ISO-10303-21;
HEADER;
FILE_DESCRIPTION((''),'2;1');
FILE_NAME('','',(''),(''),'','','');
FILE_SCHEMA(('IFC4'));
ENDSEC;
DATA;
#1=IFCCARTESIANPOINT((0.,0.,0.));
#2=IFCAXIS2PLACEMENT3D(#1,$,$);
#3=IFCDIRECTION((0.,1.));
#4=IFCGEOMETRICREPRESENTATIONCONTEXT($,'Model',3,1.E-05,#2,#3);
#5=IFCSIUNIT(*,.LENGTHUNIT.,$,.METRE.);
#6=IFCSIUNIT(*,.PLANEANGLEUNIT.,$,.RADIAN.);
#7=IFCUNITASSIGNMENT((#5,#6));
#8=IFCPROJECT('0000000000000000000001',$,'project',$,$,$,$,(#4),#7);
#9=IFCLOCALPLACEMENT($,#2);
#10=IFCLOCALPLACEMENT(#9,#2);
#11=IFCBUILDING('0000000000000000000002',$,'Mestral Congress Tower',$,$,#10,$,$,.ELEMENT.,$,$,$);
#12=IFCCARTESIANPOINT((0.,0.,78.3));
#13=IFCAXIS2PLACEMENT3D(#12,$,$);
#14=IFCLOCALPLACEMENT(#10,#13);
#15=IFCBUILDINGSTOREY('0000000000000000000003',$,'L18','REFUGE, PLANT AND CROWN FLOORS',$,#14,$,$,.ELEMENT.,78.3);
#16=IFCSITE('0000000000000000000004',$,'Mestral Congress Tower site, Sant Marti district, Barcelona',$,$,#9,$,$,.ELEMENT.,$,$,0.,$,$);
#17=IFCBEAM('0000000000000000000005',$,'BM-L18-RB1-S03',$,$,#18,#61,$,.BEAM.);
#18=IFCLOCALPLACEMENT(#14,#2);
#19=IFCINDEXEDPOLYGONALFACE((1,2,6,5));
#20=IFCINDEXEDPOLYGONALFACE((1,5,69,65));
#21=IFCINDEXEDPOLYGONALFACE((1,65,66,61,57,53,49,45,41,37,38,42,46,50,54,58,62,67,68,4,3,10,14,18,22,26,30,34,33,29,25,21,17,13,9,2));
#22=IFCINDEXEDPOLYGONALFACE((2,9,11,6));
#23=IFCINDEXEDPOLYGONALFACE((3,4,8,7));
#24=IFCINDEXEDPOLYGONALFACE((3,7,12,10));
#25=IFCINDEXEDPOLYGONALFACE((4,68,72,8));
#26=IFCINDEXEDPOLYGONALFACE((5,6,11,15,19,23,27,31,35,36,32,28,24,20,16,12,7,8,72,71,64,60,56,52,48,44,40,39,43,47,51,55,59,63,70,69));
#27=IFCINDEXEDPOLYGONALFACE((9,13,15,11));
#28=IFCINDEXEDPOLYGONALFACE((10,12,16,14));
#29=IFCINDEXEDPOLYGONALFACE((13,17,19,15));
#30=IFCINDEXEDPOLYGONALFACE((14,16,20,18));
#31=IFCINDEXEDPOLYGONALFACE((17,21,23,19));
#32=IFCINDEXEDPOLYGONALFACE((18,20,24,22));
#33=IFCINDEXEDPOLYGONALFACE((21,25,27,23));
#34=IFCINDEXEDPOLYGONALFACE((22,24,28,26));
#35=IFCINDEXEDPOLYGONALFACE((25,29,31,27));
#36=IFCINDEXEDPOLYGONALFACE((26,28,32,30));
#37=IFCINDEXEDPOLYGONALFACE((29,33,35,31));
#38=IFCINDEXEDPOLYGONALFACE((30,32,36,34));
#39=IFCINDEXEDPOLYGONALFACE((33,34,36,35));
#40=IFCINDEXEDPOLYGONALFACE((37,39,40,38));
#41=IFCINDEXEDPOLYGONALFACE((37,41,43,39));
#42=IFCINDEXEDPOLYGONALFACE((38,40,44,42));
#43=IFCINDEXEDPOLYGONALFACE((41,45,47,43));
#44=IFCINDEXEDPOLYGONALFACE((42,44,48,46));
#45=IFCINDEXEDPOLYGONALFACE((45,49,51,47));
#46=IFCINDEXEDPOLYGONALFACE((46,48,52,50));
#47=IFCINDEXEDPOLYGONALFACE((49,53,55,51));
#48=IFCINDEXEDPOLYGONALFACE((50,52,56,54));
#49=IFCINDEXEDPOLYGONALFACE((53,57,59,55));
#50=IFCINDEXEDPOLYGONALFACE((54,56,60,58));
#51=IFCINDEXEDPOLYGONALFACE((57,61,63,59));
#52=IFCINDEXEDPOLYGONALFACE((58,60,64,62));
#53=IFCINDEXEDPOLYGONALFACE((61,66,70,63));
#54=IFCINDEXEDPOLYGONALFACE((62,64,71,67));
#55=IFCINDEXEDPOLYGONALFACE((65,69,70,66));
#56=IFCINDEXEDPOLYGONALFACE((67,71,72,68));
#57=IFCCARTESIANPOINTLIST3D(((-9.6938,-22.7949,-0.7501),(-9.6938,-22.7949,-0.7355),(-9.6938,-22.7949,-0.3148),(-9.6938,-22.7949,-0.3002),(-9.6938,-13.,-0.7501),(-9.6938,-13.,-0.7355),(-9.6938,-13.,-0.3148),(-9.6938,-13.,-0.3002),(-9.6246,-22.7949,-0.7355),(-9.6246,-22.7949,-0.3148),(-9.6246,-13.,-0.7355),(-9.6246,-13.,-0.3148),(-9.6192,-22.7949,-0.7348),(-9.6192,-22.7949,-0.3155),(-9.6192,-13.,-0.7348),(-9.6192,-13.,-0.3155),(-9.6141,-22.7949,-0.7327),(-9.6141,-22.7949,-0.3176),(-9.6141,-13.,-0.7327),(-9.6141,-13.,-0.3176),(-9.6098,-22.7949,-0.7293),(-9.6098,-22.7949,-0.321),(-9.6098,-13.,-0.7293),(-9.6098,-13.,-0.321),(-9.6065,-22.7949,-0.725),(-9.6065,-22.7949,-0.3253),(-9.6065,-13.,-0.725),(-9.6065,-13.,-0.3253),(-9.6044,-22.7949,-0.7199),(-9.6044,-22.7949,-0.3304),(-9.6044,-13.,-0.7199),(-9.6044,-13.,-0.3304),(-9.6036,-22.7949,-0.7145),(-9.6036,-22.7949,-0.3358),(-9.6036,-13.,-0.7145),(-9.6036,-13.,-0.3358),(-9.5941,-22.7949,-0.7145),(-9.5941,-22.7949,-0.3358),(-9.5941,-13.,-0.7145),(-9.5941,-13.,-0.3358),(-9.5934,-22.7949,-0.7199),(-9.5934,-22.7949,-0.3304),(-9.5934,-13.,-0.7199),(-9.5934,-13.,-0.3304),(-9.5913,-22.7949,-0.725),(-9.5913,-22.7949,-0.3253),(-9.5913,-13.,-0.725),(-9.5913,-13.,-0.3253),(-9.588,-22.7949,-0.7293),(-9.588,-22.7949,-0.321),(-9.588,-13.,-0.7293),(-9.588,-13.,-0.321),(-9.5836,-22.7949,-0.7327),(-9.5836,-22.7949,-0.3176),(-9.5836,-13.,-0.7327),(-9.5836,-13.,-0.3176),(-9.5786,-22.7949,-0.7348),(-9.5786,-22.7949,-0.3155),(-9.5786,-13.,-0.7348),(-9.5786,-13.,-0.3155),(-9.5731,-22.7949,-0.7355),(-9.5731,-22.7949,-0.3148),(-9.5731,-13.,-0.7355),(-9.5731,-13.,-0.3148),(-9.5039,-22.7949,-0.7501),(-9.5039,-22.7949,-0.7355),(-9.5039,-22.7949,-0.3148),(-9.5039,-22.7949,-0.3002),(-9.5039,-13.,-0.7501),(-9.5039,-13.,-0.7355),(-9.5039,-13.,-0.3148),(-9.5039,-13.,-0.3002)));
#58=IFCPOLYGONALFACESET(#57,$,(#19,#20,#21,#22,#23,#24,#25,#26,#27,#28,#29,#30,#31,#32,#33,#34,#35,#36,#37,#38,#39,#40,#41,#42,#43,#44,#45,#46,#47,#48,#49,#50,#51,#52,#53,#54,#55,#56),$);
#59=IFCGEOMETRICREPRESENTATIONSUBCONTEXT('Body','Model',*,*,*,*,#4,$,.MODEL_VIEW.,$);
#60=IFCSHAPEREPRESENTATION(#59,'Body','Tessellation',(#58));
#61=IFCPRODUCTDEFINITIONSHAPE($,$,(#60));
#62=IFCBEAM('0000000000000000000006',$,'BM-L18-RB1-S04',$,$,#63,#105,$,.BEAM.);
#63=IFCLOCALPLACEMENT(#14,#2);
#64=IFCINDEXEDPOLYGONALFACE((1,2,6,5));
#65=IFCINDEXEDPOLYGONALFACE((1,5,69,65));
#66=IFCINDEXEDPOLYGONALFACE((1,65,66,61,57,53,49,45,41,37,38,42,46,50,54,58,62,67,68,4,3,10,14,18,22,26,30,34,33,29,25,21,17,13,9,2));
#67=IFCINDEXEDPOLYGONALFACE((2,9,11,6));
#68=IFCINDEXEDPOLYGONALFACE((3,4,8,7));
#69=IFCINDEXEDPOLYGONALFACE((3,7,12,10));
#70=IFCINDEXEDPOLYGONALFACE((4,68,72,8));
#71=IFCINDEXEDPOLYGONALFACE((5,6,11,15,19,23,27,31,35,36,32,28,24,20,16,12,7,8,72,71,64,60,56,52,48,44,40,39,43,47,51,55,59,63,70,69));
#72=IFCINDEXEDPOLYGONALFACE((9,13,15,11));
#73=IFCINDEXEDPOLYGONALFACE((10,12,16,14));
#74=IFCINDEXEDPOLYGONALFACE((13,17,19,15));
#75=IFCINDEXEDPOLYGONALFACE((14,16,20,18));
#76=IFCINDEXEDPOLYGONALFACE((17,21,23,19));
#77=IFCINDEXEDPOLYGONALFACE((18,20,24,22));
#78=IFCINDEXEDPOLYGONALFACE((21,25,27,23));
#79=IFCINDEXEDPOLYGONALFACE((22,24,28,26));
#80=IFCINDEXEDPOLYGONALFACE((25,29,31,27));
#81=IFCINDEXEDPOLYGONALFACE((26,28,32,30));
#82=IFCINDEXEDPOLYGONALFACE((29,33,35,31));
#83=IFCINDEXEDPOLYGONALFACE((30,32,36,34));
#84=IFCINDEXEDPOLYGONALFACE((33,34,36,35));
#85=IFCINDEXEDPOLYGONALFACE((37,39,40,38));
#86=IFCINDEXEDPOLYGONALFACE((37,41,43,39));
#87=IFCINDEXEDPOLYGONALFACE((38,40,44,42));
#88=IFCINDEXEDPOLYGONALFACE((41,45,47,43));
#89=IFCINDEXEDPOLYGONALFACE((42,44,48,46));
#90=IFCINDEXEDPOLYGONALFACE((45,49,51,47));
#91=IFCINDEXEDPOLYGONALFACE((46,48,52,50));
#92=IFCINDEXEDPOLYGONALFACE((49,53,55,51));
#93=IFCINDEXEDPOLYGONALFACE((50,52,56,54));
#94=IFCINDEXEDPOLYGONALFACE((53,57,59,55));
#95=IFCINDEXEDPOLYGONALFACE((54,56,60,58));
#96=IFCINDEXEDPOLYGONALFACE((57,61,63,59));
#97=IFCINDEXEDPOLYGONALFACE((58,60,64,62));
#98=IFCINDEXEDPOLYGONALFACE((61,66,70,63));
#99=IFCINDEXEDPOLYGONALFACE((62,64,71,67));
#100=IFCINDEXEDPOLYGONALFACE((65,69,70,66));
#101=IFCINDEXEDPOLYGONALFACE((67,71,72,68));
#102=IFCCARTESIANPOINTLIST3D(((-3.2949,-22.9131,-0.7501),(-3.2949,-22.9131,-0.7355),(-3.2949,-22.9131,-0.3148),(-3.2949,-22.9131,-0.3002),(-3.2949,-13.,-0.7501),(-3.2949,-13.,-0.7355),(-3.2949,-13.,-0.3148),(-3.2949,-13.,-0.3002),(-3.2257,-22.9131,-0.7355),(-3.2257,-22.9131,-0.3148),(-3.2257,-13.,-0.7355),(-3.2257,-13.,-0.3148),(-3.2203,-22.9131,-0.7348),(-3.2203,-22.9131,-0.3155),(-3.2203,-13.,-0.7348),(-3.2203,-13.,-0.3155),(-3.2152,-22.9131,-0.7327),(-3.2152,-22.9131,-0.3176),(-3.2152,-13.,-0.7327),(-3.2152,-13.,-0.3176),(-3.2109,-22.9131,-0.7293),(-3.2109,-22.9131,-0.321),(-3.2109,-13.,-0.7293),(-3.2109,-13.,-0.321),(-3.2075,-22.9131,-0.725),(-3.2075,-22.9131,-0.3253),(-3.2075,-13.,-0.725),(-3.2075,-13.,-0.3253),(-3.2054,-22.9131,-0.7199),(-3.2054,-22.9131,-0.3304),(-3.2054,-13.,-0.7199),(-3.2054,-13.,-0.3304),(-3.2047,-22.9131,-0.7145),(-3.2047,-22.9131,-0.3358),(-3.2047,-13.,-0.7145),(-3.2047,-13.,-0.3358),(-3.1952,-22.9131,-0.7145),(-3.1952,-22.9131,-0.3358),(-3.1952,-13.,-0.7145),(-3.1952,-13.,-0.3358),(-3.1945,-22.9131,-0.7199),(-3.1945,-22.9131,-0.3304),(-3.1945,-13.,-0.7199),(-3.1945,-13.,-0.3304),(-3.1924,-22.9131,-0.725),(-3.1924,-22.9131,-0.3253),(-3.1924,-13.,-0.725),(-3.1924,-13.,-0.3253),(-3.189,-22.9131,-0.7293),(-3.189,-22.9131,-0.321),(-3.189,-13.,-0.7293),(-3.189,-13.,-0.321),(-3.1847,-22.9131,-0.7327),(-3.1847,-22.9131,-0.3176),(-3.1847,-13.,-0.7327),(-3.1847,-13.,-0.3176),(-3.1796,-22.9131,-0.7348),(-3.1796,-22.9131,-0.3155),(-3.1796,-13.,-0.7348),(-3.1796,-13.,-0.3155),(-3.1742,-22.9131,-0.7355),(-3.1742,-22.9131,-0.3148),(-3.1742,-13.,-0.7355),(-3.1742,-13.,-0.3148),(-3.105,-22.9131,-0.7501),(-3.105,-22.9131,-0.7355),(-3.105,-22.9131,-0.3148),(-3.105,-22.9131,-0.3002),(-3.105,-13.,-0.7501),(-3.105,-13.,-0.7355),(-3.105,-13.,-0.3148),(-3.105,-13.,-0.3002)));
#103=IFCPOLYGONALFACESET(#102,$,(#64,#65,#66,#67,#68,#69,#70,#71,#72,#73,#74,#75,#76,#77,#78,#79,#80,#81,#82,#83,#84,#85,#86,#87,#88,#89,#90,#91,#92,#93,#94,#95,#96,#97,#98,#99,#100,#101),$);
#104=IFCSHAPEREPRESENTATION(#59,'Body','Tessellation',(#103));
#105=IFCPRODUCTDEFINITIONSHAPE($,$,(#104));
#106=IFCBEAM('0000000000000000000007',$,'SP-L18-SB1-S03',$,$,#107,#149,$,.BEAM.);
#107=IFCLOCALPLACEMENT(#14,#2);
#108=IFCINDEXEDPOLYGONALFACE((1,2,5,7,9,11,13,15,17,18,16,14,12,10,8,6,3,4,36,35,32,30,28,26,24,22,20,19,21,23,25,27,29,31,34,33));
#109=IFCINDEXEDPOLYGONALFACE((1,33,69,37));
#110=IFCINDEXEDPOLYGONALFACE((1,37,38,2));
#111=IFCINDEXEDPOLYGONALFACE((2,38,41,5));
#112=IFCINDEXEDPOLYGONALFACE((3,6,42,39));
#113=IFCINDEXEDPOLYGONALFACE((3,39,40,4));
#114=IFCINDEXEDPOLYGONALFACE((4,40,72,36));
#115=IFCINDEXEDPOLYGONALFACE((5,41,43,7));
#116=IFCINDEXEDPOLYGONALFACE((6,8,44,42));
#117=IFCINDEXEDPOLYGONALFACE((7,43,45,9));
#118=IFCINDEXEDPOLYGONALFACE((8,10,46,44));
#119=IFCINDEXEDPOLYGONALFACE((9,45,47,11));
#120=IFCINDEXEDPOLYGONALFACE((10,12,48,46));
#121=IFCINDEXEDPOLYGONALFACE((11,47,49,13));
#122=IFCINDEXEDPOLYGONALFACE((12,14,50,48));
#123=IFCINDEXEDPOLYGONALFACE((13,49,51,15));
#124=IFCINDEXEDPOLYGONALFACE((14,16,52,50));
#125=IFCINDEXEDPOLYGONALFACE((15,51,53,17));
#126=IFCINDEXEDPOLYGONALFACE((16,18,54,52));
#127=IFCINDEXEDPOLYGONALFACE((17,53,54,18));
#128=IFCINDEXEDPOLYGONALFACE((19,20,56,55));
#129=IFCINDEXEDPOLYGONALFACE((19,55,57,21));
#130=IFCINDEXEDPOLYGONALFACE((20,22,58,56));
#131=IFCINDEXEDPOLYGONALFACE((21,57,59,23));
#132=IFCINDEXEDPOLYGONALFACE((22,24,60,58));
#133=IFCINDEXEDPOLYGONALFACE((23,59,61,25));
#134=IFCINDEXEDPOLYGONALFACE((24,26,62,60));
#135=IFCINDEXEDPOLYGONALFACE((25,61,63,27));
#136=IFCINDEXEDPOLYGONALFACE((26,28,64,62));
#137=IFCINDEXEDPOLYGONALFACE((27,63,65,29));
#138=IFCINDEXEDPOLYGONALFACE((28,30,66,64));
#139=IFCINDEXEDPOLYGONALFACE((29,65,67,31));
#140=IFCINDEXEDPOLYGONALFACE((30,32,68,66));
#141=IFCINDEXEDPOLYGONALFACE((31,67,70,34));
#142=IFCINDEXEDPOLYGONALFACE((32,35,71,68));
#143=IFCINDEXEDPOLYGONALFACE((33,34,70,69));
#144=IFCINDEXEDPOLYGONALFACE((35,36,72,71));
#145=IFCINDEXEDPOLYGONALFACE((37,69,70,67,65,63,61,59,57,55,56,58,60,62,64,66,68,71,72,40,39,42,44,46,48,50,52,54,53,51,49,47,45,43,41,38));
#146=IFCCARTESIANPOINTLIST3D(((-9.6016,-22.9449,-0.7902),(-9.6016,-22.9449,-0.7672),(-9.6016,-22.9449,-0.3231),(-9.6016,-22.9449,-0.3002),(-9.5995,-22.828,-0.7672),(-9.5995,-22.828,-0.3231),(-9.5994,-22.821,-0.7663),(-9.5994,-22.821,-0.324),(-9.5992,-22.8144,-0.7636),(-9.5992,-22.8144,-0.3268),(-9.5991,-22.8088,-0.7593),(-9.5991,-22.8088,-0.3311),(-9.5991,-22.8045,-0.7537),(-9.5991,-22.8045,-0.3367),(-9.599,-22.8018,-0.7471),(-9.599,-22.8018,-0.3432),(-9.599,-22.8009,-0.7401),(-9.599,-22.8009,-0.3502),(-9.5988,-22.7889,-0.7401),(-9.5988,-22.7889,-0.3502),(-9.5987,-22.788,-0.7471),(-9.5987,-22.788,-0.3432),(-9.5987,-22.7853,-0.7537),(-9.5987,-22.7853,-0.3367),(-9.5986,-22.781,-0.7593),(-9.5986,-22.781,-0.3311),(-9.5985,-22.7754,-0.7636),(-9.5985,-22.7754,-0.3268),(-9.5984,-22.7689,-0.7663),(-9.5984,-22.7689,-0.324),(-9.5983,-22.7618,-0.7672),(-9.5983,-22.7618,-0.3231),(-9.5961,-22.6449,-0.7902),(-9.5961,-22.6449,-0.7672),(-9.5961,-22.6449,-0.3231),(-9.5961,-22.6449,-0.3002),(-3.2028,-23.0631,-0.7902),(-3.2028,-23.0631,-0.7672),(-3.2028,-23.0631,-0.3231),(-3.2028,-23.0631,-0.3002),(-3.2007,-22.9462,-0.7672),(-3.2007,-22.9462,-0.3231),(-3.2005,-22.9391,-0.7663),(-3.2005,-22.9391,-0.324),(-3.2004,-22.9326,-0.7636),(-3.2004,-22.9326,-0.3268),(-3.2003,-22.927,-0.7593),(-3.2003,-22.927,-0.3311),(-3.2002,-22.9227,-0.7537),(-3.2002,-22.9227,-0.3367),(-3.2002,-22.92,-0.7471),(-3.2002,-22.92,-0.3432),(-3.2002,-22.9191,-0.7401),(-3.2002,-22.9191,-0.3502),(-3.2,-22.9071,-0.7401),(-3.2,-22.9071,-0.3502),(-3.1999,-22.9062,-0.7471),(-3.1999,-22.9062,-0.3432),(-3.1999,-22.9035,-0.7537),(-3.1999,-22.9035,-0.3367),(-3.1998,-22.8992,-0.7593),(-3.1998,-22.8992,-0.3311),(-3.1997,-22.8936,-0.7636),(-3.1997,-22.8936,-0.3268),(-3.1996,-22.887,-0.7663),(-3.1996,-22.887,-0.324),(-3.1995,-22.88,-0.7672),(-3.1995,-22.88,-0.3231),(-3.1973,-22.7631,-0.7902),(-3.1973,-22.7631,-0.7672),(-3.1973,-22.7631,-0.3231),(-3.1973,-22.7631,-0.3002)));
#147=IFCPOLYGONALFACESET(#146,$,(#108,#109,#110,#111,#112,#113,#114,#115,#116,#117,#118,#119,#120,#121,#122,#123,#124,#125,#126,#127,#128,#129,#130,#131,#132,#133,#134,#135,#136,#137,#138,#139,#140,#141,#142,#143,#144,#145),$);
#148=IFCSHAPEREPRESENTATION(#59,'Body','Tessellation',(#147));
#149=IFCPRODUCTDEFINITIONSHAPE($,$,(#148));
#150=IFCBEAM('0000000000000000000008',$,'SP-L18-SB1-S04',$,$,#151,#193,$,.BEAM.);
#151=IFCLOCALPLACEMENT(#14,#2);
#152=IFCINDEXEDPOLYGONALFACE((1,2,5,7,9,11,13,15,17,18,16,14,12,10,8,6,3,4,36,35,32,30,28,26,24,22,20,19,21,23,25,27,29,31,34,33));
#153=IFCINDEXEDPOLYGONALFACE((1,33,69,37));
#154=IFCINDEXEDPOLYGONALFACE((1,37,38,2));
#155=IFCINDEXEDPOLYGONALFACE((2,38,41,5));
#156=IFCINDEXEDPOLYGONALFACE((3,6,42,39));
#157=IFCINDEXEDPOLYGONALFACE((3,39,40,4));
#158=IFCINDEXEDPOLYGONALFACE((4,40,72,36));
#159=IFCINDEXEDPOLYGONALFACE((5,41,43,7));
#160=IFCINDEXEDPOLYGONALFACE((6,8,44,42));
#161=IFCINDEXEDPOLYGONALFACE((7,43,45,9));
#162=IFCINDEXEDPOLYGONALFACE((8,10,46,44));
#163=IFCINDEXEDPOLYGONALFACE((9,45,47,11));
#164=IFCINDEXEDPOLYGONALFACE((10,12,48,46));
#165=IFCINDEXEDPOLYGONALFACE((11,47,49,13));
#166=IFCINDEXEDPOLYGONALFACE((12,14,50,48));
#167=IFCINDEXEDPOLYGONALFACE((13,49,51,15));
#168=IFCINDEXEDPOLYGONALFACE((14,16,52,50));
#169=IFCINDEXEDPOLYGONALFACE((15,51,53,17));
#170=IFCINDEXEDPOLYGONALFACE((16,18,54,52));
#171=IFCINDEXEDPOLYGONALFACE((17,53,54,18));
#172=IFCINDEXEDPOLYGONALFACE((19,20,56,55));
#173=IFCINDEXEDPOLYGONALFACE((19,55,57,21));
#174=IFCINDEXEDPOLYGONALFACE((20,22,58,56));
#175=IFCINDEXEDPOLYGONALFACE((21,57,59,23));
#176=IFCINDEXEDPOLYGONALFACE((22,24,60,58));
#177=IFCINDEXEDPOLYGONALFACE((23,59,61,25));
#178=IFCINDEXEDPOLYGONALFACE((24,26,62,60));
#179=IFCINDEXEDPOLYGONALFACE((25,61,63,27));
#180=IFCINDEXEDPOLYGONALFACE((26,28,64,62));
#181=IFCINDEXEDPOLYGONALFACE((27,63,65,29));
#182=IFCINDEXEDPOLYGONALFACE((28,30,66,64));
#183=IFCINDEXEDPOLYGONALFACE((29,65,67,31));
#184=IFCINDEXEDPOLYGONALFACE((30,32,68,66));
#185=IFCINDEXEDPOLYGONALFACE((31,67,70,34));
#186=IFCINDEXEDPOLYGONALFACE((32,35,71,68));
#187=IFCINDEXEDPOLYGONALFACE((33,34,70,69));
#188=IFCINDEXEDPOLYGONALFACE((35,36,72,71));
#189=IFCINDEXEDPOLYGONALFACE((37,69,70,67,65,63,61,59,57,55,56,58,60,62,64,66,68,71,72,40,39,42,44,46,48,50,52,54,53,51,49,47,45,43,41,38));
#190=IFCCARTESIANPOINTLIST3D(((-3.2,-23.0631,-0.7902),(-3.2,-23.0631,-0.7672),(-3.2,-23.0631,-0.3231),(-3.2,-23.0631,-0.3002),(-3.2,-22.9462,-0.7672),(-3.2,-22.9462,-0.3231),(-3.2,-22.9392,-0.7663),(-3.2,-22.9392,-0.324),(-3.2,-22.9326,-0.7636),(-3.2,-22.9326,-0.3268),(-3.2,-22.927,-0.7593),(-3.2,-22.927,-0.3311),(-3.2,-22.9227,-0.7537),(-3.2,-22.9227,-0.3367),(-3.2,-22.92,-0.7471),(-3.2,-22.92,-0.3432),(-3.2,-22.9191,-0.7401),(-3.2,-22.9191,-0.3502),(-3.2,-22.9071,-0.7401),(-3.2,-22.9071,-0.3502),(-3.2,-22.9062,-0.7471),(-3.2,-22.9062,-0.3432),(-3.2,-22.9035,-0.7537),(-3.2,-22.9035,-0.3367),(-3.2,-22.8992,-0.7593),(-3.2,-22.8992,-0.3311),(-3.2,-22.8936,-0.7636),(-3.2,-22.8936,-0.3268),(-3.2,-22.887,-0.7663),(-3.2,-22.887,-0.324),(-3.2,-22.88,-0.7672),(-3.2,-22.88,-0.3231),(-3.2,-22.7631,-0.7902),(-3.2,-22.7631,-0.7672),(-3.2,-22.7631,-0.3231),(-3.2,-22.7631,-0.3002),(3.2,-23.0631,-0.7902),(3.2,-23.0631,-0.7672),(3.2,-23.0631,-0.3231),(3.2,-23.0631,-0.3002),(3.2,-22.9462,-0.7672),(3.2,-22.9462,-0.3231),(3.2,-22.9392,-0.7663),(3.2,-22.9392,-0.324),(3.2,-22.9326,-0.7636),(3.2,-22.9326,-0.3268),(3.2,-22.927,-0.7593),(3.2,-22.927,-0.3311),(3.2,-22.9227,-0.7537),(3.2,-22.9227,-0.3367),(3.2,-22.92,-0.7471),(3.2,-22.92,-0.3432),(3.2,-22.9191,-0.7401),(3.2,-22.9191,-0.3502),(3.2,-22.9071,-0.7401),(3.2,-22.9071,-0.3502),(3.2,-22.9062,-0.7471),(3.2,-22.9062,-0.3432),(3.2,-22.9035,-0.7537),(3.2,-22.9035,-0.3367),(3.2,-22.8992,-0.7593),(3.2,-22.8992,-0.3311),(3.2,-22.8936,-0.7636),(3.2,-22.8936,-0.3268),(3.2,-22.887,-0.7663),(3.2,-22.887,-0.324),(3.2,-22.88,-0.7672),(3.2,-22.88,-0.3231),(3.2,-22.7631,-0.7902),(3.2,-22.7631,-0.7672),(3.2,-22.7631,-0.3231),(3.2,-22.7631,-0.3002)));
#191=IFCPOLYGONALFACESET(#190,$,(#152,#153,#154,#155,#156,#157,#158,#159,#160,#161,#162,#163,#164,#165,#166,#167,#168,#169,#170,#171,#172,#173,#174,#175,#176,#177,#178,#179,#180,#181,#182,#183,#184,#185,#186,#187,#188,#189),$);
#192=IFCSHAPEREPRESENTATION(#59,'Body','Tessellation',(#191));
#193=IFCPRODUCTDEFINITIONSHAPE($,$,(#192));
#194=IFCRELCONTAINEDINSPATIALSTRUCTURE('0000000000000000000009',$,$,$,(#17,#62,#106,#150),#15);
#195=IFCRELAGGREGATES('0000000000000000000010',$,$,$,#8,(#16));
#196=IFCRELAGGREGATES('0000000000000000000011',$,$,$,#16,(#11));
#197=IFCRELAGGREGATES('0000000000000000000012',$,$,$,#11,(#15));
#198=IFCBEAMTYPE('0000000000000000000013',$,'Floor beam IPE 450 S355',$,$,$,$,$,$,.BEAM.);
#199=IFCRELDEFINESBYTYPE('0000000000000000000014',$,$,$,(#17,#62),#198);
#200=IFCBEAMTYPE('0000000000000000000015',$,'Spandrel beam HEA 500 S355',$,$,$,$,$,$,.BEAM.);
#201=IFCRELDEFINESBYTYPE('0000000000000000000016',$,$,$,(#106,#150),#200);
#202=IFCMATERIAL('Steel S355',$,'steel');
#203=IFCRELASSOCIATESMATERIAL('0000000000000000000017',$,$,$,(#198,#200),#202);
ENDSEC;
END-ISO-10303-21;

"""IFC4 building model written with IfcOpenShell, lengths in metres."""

from ifc_helpers import new_model, si_unit, direction, frame, origin, origin_2d, place, context, subcontext, project, spatial, i_section, extrude, material, material_profile, profile_set, type_object, element, save


model = new_model("IFC4")

# Units and contexts
model_context = context("Model", 3, precision=1e-05, world=origin(), true_north=direction((0.0, 1.0)))
body_context = subcontext(model_context, "Body", "Model", "MODEL_VIEW")
ifc_project = project(units=[si_unit("LENGTHUNIT", "METRE"), si_unit("PLANEANGLEUNIT", "RADIAN")], contexts=[model_context])

# Site, building, storey
site_placement = place(None, origin())
site = spatial("IfcSite", under=ifc_project, at=site_placement, Name="Mestral Congress Tower site, Sant Marti district, Barcelona", CompositionType="ELEMENT", RefElevation=0.0)
building_placement = place(site_placement, origin())
building = spatial("IfcBuilding", under=site, at=building_placement, Name="Mestral Congress Tower", CompositionType="ELEMENT")
storey_placement = place(building_placement, frame((0.0, 0.0, 78.3)))
storey = spatial("IfcBuildingStorey", under=building, at=storey_placement, Name="L18", Description="REFUGE, PLANT AND CROWN FLOORS", CompositionType="ELEMENT", Elevation=78.3)

# Shared definitions
ifc_material_1 = material(Name="Steel S355", Category="steel")

# Beams
ifc_material_profile_1 = material_profile(ifc_material_1, i_section(OverallWidth=0.1899, OverallDepth=0.45, WebThickness=0.0095, FlangeThickness=0.0146, FilletRadius=0.021, at=origin_2d()), Name="IPE 450")
ifc_profile_set_1 = profile_set([ifc_material_profile_1], Name="Steel S355")
beam_type_1 = type_object("IfcBeamType", Name="Floor beam IPE 450 S355", PredefinedType="BEAM", material=ifc_profile_set_1)
beam_1_placement = place(storey_placement, frame((-9.5989, -22.7949, -0.5251), z_axis=(0.0, 1.0, 0.0), x_axis=(-1.0, 0.0, 0.0)))
element("IfcBeam", 1, at=beam_1_placement, inside=storey, type_object=beam_type_1, Name="BM-L18-RB1-S03", PredefinedType="BEAM", context=body_context, shape_type="SweptSolid", body=[
    extrude(i_section(OverallWidth=0.1899, OverallDepth=0.45, WebThickness=0.0095, FlangeThickness=0.0146, FilletRadius=0.021, at=origin_2d()), origin(), (0.0, 0.0, 1.0), 9.7949),
])
beam_2_placement = place(storey_placement, frame((-3.2, -22.9131, -0.5251), z_axis=(0.0, 1.0, 0.0), x_axis=(-1.0, 0.0, 0.0)))
element("IfcBeam", 2, at=beam_2_placement, inside=storey, type_object=beam_type_1, Name="BM-L18-RB1-S04", PredefinedType="BEAM", context=body_context, shape_type="SweptSolid", body=[
    extrude(i_section(OverallWidth=0.1899, OverallDepth=0.45, WebThickness=0.0095, FlangeThickness=0.0146, FilletRadius=0.021, at=origin_2d()), origin(), (0.0, 0.0, 1.0), 9.9131),
])
ifc_material_profile_2 = material_profile(ifc_material_1, i_section(OverallWidth=0.3, OverallDepth=0.49, WebThickness=0.012, FlangeThickness=0.0229, FilletRadius=0.0271, at=origin_2d()), Name="HEA 500")
ifc_profile_set_2 = profile_set([ifc_material_profile_2], Name="Steel S355")
beam_type_2 = type_object("IfcBeamType", Name="Spandrel beam HEA 500 S355", PredefinedType="BEAM", material=ifc_profile_set_2)
for number, where, z_axis, x_axis, name in (
    (3, (-9.5989, -22.7949, -0.5452), (0.99983, -0.018463, 0.0), (0.018463, 0.99983, 0.0), "SP-L18-SB1-S03"),
    (4, (-3.2, -22.9131, -0.5452), (1.0, 0.0, 0.0), (0.0, 1.0, 0.0), "SP-L18-SB1-S04"),
):
    element("IfcBeam", number, at=place(storey_placement, frame(where, z_axis=z_axis, x_axis=x_axis)), inside=storey, type_object=beam_type_2, Name=name, PredefinedType="BEAM", context=body_context, shape_type="SweptSolid", body=[
        extrude(i_section(OverallWidth=0.3, OverallDepth=0.49, WebThickness=0.012, FlangeThickness=0.0229, FilletRadius=0.0271, at=origin_2d()), origin(), (0.0, 0.0, 1.0), 6.3999),
    ])

save(model, "model.ifc")
